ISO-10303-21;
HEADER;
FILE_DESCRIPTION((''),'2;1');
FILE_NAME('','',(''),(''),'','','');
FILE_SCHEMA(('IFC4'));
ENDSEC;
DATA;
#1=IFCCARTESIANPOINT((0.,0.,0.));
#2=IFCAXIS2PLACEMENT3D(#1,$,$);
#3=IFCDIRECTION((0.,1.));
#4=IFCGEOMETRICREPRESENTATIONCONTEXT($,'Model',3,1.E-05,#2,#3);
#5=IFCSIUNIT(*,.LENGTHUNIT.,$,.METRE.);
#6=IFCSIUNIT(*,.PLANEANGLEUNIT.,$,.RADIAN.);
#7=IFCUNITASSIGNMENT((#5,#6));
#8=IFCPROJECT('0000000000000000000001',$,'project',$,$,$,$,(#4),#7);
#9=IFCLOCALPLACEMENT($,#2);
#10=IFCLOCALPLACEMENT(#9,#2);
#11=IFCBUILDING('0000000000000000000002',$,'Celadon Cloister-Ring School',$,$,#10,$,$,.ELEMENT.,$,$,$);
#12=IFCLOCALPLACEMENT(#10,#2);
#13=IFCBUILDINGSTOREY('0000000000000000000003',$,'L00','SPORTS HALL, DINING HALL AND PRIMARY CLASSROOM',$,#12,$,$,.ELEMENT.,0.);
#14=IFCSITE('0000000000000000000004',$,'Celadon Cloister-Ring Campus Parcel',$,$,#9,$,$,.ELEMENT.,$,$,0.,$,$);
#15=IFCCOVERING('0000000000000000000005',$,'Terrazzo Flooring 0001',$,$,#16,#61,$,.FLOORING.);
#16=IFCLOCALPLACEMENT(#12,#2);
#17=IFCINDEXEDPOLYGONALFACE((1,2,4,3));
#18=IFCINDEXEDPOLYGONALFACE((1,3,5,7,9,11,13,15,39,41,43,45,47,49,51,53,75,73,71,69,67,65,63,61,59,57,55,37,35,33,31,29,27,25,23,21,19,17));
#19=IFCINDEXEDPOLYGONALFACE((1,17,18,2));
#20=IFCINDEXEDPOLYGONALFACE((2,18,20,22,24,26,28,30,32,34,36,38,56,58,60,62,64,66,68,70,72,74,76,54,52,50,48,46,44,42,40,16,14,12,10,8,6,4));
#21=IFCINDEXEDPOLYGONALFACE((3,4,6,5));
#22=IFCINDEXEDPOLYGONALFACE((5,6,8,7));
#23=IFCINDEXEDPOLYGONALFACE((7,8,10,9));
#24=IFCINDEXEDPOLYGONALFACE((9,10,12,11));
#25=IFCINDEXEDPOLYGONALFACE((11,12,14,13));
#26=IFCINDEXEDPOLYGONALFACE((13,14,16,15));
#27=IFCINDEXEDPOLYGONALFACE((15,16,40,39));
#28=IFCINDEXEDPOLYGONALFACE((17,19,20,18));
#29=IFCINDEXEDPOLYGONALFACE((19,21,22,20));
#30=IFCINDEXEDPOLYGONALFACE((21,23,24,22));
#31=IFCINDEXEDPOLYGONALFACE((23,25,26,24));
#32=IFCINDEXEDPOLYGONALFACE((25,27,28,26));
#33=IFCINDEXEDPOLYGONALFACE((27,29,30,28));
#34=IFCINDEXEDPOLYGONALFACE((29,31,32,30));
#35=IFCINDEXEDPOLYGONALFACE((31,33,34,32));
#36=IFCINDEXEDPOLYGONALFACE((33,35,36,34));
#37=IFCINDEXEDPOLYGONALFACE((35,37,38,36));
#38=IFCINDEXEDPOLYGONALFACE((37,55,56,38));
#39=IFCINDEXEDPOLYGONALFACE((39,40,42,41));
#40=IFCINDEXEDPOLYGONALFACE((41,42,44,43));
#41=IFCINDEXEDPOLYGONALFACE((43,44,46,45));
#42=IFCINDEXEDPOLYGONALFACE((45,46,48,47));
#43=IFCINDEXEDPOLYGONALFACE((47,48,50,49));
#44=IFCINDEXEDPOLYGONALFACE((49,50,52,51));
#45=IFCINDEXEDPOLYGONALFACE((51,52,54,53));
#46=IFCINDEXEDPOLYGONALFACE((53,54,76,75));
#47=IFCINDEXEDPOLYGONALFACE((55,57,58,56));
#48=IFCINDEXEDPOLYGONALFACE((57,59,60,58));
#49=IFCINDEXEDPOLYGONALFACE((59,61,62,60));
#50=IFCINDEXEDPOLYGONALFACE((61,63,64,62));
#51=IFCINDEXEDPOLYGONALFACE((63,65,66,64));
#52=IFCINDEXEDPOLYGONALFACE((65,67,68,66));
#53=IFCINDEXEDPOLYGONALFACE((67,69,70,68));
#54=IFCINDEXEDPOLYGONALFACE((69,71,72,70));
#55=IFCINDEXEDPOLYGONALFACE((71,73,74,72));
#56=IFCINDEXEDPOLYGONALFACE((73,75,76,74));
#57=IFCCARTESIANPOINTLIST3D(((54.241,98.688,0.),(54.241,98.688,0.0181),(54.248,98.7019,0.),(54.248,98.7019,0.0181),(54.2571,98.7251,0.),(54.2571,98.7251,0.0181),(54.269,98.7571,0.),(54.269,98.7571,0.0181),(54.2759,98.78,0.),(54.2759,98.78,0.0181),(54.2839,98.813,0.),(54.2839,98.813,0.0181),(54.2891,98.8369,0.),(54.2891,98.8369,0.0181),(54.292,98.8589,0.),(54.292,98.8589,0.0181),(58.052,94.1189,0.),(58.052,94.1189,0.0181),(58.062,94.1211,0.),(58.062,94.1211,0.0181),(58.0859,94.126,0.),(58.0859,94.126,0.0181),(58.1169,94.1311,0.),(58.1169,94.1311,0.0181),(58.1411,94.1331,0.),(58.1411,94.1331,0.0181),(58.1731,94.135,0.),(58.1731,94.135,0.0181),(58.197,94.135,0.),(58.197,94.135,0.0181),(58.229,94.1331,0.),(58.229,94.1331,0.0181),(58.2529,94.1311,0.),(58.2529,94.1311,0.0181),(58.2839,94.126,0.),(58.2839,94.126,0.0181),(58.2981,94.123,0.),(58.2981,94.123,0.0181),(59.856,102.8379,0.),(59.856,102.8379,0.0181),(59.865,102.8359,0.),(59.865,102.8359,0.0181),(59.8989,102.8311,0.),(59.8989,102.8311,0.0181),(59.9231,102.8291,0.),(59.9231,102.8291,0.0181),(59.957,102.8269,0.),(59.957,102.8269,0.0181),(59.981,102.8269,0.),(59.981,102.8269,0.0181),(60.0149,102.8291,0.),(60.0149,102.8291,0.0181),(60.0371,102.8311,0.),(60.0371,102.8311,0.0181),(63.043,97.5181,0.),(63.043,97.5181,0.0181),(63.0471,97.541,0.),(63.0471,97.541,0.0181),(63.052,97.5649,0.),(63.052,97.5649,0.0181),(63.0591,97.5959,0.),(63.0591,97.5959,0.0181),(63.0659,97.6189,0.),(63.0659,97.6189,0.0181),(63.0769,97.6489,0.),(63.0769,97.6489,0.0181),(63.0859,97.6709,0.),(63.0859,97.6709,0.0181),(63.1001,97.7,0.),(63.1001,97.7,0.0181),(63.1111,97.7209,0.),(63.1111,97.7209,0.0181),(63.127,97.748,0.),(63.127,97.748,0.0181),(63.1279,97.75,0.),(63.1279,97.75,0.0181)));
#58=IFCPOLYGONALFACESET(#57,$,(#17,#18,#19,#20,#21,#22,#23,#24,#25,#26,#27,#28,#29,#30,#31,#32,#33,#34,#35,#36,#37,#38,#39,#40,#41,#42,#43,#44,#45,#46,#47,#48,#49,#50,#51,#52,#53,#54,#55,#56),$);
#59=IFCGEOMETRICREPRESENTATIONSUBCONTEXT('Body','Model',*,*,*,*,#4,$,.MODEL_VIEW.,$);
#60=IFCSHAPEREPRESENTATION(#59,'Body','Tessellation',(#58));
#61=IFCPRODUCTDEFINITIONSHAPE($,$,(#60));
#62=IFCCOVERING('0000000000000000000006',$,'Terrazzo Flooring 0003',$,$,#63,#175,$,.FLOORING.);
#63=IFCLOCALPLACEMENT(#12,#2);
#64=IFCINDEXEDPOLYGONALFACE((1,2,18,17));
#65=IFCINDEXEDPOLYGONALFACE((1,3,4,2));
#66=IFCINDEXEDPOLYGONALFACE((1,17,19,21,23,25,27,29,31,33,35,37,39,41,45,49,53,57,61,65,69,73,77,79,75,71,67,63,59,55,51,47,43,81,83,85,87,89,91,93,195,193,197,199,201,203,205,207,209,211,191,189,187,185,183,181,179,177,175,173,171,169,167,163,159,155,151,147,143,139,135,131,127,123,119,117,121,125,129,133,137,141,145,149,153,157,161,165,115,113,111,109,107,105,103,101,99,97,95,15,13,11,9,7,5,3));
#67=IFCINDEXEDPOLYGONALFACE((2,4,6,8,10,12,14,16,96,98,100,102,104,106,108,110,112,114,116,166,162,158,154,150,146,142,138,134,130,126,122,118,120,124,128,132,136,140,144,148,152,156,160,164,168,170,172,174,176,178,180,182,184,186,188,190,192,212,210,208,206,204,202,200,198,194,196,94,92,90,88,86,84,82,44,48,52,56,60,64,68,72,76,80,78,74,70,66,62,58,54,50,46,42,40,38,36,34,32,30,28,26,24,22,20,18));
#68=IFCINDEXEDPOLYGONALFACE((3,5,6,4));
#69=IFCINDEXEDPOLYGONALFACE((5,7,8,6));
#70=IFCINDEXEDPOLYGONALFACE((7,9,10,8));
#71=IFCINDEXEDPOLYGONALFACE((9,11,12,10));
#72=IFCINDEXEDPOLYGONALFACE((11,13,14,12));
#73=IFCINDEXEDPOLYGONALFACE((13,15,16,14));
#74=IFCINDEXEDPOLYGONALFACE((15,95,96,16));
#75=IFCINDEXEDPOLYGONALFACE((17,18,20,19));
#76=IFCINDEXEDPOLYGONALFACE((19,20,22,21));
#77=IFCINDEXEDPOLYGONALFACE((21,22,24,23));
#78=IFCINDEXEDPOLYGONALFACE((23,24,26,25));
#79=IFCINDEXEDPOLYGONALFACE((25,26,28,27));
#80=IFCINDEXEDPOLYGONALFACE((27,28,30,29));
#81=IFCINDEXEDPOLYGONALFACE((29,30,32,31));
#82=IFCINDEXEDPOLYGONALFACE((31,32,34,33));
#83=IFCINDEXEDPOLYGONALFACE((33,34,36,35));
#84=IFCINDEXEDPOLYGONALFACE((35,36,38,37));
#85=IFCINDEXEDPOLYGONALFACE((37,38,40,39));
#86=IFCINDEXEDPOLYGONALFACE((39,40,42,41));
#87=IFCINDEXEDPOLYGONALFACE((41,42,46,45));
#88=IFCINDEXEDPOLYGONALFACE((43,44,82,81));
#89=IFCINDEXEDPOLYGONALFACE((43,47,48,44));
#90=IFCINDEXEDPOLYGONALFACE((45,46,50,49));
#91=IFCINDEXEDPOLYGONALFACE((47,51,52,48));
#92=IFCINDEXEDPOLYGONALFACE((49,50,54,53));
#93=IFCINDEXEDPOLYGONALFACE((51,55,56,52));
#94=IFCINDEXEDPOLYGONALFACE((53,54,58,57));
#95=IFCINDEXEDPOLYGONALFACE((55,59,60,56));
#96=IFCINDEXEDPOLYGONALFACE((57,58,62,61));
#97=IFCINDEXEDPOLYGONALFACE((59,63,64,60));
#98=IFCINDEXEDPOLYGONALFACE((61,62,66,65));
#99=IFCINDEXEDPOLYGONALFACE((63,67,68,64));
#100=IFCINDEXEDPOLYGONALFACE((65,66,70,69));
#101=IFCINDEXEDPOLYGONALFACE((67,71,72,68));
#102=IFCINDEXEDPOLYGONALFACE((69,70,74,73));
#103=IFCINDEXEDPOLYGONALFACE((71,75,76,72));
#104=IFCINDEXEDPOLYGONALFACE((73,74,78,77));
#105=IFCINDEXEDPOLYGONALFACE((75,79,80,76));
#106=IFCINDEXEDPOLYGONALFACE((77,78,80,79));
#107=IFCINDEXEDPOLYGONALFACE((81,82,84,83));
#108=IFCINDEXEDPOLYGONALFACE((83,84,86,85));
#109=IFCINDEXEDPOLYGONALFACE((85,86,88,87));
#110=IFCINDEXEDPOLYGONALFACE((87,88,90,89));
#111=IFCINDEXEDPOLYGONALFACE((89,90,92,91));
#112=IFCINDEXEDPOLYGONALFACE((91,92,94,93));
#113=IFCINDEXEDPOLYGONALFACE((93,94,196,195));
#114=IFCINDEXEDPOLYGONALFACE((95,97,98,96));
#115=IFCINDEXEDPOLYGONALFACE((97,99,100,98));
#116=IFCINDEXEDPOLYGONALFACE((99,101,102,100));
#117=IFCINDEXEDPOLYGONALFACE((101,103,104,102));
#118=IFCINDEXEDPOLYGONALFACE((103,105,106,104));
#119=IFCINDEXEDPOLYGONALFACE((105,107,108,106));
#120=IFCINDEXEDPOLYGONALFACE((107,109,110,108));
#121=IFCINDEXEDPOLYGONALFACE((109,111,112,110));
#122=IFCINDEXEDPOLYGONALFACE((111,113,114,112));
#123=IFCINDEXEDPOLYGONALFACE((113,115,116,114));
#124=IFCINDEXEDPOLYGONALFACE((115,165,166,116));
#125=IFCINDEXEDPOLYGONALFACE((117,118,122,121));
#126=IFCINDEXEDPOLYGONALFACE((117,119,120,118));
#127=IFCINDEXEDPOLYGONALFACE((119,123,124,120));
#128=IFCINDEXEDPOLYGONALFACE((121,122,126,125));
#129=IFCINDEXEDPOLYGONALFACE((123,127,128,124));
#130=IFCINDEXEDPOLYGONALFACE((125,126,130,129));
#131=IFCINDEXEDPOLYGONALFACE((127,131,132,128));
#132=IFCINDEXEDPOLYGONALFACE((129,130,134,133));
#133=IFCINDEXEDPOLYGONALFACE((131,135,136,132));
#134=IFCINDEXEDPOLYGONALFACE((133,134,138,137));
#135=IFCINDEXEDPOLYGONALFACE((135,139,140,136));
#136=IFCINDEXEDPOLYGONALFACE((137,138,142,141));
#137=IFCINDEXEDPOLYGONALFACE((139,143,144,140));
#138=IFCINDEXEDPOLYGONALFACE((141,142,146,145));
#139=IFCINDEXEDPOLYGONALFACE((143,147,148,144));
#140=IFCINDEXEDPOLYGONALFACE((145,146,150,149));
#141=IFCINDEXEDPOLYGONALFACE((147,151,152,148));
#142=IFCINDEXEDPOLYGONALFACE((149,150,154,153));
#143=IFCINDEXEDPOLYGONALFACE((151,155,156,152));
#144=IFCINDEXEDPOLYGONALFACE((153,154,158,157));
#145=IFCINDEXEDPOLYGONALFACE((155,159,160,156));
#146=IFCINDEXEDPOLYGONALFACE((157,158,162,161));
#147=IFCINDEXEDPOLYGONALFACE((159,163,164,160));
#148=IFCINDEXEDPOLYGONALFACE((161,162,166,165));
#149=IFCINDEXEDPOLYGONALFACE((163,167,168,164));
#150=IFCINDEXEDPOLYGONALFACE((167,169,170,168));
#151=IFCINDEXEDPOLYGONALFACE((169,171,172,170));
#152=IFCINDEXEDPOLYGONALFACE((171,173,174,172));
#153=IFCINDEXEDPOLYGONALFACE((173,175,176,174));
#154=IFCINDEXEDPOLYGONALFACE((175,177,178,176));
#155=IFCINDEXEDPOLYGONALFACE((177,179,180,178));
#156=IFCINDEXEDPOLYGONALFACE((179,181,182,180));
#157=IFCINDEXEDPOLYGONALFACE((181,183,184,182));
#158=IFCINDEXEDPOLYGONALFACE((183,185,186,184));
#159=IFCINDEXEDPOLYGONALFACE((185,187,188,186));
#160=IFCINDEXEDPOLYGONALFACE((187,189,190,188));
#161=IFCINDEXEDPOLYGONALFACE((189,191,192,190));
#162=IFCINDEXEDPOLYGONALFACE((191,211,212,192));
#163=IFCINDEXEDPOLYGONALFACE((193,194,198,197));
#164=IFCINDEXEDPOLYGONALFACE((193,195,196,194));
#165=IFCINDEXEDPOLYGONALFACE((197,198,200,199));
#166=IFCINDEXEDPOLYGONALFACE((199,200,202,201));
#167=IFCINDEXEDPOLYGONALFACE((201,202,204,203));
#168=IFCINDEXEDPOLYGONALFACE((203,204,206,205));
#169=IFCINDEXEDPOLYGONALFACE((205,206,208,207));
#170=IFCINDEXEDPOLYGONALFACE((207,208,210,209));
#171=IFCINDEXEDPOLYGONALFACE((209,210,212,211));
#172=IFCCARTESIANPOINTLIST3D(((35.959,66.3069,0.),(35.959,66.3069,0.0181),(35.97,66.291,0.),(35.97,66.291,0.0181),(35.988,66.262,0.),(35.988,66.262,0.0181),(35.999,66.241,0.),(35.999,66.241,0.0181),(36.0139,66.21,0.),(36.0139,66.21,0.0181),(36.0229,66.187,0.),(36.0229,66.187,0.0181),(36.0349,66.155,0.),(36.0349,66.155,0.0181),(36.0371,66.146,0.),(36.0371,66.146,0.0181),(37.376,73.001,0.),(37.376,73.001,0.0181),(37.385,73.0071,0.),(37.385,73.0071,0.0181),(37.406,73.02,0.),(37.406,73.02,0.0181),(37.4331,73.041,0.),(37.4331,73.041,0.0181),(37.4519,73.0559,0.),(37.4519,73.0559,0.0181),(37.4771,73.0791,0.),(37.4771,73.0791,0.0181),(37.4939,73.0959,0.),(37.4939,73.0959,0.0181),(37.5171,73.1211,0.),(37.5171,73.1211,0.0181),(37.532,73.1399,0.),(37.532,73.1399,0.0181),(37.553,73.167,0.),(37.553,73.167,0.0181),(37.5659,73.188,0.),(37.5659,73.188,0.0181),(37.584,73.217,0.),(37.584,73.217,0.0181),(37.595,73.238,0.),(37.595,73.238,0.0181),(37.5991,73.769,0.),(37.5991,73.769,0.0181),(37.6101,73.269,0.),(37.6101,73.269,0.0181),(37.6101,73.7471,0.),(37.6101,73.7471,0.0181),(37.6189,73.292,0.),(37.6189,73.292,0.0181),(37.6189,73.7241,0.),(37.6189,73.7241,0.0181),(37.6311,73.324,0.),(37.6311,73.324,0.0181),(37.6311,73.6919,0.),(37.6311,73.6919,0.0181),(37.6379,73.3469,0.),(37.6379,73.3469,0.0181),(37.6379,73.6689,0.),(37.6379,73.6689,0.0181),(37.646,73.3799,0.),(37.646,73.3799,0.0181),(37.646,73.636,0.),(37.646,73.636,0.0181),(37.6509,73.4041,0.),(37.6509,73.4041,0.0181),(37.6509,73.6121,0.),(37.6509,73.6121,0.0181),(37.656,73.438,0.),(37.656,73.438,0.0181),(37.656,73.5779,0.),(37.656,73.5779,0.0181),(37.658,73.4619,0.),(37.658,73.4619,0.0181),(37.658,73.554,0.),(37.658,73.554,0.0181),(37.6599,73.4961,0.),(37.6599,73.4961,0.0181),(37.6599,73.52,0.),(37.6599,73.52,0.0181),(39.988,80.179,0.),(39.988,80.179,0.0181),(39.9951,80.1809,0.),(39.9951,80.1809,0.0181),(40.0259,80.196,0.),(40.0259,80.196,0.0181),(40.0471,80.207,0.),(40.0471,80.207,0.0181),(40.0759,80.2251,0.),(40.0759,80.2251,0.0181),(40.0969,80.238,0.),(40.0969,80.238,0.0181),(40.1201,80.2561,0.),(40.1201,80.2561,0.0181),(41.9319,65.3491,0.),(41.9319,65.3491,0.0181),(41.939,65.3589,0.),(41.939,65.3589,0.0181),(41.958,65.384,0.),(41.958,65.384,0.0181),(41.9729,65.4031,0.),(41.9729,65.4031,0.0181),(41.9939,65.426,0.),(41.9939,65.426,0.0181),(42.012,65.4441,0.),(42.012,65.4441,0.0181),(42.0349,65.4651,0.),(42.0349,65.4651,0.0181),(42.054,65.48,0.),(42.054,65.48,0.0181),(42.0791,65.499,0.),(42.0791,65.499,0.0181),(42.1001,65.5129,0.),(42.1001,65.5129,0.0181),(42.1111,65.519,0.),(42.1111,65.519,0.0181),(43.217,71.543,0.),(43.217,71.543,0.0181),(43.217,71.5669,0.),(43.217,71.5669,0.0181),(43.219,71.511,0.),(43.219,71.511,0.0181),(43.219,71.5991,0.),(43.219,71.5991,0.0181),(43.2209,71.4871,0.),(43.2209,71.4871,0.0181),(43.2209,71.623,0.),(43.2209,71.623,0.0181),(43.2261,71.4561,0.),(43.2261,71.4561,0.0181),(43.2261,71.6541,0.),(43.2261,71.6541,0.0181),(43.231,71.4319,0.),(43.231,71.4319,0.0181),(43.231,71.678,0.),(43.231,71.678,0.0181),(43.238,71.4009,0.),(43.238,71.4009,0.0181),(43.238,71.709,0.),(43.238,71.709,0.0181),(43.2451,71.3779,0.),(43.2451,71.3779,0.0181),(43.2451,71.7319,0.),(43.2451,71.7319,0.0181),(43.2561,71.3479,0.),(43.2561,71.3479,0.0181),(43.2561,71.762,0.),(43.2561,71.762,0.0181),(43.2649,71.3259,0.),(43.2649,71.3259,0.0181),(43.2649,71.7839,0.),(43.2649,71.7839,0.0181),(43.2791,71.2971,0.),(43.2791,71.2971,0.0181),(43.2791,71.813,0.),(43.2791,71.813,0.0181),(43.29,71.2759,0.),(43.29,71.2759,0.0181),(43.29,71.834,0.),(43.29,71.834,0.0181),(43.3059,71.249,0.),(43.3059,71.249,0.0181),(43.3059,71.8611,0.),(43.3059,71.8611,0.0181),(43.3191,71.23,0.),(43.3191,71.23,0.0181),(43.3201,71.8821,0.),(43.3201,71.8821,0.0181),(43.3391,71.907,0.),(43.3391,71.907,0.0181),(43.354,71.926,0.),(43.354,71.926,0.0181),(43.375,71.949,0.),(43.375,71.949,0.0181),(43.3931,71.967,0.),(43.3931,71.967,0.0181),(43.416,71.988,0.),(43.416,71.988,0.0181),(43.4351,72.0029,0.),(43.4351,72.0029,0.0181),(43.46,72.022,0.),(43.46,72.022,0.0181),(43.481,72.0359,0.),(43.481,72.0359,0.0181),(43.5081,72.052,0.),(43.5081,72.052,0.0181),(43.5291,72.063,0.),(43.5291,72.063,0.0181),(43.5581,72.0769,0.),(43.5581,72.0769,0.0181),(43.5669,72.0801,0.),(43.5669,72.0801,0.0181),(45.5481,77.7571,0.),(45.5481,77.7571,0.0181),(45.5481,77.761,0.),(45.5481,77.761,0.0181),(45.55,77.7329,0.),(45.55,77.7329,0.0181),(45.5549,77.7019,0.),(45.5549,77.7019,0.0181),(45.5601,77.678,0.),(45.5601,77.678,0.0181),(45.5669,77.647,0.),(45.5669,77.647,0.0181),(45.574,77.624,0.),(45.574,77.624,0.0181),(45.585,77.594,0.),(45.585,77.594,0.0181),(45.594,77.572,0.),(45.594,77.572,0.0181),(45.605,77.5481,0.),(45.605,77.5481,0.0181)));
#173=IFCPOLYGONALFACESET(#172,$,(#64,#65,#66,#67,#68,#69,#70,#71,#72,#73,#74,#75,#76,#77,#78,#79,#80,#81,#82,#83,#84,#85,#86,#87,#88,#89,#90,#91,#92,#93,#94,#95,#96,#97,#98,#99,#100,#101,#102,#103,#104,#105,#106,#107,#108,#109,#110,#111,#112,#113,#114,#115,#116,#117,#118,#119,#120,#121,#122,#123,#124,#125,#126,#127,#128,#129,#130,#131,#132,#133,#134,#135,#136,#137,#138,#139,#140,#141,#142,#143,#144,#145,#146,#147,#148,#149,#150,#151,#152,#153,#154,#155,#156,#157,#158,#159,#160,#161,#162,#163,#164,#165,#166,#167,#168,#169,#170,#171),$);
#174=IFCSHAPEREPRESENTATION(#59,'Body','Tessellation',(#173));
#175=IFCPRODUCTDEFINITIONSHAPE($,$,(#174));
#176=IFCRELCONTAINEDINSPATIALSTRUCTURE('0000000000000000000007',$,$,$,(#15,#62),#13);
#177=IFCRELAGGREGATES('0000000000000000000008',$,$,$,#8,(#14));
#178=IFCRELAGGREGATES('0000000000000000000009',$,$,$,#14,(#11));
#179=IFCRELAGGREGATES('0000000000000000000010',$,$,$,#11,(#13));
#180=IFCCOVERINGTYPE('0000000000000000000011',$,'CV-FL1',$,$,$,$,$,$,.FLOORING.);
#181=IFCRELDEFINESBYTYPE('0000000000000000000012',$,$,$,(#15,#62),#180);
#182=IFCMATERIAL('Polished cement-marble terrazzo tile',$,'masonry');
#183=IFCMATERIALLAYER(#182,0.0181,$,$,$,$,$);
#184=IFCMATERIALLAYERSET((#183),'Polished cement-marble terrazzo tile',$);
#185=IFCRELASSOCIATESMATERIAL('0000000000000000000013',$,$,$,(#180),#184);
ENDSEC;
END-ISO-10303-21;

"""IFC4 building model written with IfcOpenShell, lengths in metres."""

from ifc_helpers import new_model, si_unit, direction, origin, place, context, subcontext, project, spatial, polyline, outline, extrude, material, layer, layer_set, type_object, element, save


model = new_model("IFC4")

# Units and contexts
model_context = context("Model", 3, precision=1e-05, world=origin(), true_north=direction((0.0, 1.0)))
body_context = subcontext(model_context, "Body", "Model", "MODEL_VIEW")
ifc_project = project(units=[si_unit("LENGTHUNIT", "METRE"), si_unit("PLANEANGLEUNIT", "RADIAN")], contexts=[model_context])

# Site, building, storey
site_placement = place(None, origin())
site = spatial("IfcSite", under=ifc_project, at=site_placement, Name="Celadon Cloister-Ring Campus Parcel", CompositionType="ELEMENT", RefElevation=0.0)
building_placement = place(site_placement, origin())
building = spatial("IfcBuilding", under=site, at=building_placement, Name="Celadon Cloister-Ring School", CompositionType="ELEMENT")
storey_placement = place(building_placement, origin())
storey = spatial("IfcBuildingStorey", under=building, at=storey_placement, Name="L00", Description="SPORTS HALL, DINING HALL AND PRIMARY CLASSROOM", CompositionType="ELEMENT", Elevation=0.0)

# Coverings
ifc_material_1 = material(Name="Polished cement-marble terrazzo tile", Category="masonry")
ifc_layer_1 = layer(ifc_material_1, 0.0181)
ifc_layer_set_1 = layer_set([ifc_layer_1], Name="Polished cement-marble terrazzo tile")
covering_type_1 = type_object("IfcCoveringType", Name="CV-FL1", PredefinedType="FLOORING", material=ifc_layer_set_1)
covering_1_placement = place(storey_placement, origin())
element("IfcCovering", 1, at=covering_1_placement, inside=storey, type_object=covering_type_1, Name="Terrazzo Flooring 0001", PredefinedType="FLOORING", context=body_context, shape_type="SweptSolid", body=[
    extrude(outline(polyline([(54.241, 98.688), (54.248, 98.7019), (54.2571, 98.7251), (54.269, 98.7571), (54.2759, 98.78), (54.2839, 98.813), (54.2891, 98.8369), (54.292, 98.8589), (59.856, 102.8379), (59.865, 102.8359), (59.8989, 102.8311), (59.9231, 102.8291), (59.957, 102.8269), (59.981, 102.8269), (60.0149, 102.8291), (60.0371, 102.8311), (63.1279, 97.75), (63.127, 97.748), (63.1111, 97.7209), (63.1001, 97.7), (63.0859, 97.6709), (63.0769, 97.6489), (63.0659, 97.6189), (63.0591, 97.5959), (63.052, 97.5649), (63.0471, 97.541), (63.043, 97.5181), (58.2981, 94.123), (58.2839, 94.126), (58.2529, 94.1311), (58.229, 94.1331), (58.197, 94.135), (58.1731, 94.135), (58.1411, 94.1331), (58.1169, 94.1311), (58.0859, 94.126), (58.062, 94.1211), (58.052, 94.1189), (54.241, 98.688)])), origin(), (0.0, 0.0, 1.0), 0.0181),
])
covering_2_placement = place(storey_placement, origin())
element("IfcCovering", 2, at=covering_2_placement, inside=storey, type_object=covering_type_1, Name="Terrazzo Flooring 0003", PredefinedType="FLOORING", context=body_context, shape_type="SweptSolid", body=[
    extrude(outline(polyline([(35.959, 66.3069), (37.376, 73.001), (37.385, 73.0071), (37.406, 73.02), (37.4331, 73.041), (37.4519, 73.0559), (37.4771, 73.0791), (37.4939, 73.0959), (37.5171, 73.1211), (37.532, 73.1399), (37.553, 73.167), (37.5659, 73.188), (37.584, 73.217), (37.595, 73.238), (37.6101, 73.269), (37.6189, 73.292), (37.6311, 73.324), (37.6379, 73.3469), (37.646, 73.3799), (37.6509, 73.4041), (37.656, 73.438), (37.658, 73.4619), (37.6599, 73.4961), (37.6599, 73.52), (37.658, 73.554), (37.656, 73.5779), (37.6509, 73.6121), (37.646, 73.636), (37.6379, 73.6689), (37.6311, 73.6919), (37.6189, 73.7241), (37.6101, 73.7471), (37.5991, 73.769), (39.988, 80.179), (39.9951, 80.1809), (40.0259, 80.196), (40.0471, 80.207), (40.0759, 80.2251), (40.0969, 80.238), (40.1201, 80.2561), (45.5481, 77.761), (45.5481, 77.7571), (45.55, 77.7329), (45.5549, 77.7019), (45.5601, 77.678), (45.5669, 77.647), (45.574, 77.624), (45.585, 77.594), (45.594, 77.572), (45.605, 77.5481), (43.5669, 72.0801), (43.5581, 72.0769), (43.5291, 72.063), (43.5081, 72.052), (43.481, 72.0359), (43.46, 72.022), (43.4351, 72.0029), (43.416, 71.988), (43.3931, 71.967), (43.375, 71.949), (43.354, 71.926), (43.3391, 71.907), (43.3201, 71.8821), (43.3059, 71.8611), (43.29, 71.834), (43.2791, 71.813), (43.2649, 71.7839), (43.2561, 71.762), (43.2451, 71.7319), (43.238, 71.709), (43.231, 71.678), (43.2261, 71.6541), (43.2209, 71.623), (43.219, 71.5991), (43.217, 71.5669), (43.217, 71.543), (43.219, 71.511), (43.2209, 71.4871), (43.2261, 71.4561), (43.231, 71.4319), (43.238, 71.4009), (43.2451, 71.3779), (43.2561, 71.3479), (43.2649, 71.3259), (43.2791, 71.2971), (43.29, 71.2759), (43.3059, 71.249), (43.3191, 71.23), (42.1111, 65.519), (42.1001, 65.5129), (42.0791, 65.499), (42.054, 65.48), (42.0349, 65.4651), (42.012, 65.4441), (41.9939, 65.426), (41.9729, 65.4031), (41.958, 65.384), (41.939, 65.3589), (41.9319, 65.3491), (36.0371, 66.146), (36.0349, 66.155), (36.0229, 66.187), (36.0139, 66.21), (35.999, 66.241), (35.988, 66.262), (35.97, 66.291), (35.959, 66.3069)])), origin(), (0.0, 0.0, 1.0), 0.0181),
])

save(model, "model.ifc")
